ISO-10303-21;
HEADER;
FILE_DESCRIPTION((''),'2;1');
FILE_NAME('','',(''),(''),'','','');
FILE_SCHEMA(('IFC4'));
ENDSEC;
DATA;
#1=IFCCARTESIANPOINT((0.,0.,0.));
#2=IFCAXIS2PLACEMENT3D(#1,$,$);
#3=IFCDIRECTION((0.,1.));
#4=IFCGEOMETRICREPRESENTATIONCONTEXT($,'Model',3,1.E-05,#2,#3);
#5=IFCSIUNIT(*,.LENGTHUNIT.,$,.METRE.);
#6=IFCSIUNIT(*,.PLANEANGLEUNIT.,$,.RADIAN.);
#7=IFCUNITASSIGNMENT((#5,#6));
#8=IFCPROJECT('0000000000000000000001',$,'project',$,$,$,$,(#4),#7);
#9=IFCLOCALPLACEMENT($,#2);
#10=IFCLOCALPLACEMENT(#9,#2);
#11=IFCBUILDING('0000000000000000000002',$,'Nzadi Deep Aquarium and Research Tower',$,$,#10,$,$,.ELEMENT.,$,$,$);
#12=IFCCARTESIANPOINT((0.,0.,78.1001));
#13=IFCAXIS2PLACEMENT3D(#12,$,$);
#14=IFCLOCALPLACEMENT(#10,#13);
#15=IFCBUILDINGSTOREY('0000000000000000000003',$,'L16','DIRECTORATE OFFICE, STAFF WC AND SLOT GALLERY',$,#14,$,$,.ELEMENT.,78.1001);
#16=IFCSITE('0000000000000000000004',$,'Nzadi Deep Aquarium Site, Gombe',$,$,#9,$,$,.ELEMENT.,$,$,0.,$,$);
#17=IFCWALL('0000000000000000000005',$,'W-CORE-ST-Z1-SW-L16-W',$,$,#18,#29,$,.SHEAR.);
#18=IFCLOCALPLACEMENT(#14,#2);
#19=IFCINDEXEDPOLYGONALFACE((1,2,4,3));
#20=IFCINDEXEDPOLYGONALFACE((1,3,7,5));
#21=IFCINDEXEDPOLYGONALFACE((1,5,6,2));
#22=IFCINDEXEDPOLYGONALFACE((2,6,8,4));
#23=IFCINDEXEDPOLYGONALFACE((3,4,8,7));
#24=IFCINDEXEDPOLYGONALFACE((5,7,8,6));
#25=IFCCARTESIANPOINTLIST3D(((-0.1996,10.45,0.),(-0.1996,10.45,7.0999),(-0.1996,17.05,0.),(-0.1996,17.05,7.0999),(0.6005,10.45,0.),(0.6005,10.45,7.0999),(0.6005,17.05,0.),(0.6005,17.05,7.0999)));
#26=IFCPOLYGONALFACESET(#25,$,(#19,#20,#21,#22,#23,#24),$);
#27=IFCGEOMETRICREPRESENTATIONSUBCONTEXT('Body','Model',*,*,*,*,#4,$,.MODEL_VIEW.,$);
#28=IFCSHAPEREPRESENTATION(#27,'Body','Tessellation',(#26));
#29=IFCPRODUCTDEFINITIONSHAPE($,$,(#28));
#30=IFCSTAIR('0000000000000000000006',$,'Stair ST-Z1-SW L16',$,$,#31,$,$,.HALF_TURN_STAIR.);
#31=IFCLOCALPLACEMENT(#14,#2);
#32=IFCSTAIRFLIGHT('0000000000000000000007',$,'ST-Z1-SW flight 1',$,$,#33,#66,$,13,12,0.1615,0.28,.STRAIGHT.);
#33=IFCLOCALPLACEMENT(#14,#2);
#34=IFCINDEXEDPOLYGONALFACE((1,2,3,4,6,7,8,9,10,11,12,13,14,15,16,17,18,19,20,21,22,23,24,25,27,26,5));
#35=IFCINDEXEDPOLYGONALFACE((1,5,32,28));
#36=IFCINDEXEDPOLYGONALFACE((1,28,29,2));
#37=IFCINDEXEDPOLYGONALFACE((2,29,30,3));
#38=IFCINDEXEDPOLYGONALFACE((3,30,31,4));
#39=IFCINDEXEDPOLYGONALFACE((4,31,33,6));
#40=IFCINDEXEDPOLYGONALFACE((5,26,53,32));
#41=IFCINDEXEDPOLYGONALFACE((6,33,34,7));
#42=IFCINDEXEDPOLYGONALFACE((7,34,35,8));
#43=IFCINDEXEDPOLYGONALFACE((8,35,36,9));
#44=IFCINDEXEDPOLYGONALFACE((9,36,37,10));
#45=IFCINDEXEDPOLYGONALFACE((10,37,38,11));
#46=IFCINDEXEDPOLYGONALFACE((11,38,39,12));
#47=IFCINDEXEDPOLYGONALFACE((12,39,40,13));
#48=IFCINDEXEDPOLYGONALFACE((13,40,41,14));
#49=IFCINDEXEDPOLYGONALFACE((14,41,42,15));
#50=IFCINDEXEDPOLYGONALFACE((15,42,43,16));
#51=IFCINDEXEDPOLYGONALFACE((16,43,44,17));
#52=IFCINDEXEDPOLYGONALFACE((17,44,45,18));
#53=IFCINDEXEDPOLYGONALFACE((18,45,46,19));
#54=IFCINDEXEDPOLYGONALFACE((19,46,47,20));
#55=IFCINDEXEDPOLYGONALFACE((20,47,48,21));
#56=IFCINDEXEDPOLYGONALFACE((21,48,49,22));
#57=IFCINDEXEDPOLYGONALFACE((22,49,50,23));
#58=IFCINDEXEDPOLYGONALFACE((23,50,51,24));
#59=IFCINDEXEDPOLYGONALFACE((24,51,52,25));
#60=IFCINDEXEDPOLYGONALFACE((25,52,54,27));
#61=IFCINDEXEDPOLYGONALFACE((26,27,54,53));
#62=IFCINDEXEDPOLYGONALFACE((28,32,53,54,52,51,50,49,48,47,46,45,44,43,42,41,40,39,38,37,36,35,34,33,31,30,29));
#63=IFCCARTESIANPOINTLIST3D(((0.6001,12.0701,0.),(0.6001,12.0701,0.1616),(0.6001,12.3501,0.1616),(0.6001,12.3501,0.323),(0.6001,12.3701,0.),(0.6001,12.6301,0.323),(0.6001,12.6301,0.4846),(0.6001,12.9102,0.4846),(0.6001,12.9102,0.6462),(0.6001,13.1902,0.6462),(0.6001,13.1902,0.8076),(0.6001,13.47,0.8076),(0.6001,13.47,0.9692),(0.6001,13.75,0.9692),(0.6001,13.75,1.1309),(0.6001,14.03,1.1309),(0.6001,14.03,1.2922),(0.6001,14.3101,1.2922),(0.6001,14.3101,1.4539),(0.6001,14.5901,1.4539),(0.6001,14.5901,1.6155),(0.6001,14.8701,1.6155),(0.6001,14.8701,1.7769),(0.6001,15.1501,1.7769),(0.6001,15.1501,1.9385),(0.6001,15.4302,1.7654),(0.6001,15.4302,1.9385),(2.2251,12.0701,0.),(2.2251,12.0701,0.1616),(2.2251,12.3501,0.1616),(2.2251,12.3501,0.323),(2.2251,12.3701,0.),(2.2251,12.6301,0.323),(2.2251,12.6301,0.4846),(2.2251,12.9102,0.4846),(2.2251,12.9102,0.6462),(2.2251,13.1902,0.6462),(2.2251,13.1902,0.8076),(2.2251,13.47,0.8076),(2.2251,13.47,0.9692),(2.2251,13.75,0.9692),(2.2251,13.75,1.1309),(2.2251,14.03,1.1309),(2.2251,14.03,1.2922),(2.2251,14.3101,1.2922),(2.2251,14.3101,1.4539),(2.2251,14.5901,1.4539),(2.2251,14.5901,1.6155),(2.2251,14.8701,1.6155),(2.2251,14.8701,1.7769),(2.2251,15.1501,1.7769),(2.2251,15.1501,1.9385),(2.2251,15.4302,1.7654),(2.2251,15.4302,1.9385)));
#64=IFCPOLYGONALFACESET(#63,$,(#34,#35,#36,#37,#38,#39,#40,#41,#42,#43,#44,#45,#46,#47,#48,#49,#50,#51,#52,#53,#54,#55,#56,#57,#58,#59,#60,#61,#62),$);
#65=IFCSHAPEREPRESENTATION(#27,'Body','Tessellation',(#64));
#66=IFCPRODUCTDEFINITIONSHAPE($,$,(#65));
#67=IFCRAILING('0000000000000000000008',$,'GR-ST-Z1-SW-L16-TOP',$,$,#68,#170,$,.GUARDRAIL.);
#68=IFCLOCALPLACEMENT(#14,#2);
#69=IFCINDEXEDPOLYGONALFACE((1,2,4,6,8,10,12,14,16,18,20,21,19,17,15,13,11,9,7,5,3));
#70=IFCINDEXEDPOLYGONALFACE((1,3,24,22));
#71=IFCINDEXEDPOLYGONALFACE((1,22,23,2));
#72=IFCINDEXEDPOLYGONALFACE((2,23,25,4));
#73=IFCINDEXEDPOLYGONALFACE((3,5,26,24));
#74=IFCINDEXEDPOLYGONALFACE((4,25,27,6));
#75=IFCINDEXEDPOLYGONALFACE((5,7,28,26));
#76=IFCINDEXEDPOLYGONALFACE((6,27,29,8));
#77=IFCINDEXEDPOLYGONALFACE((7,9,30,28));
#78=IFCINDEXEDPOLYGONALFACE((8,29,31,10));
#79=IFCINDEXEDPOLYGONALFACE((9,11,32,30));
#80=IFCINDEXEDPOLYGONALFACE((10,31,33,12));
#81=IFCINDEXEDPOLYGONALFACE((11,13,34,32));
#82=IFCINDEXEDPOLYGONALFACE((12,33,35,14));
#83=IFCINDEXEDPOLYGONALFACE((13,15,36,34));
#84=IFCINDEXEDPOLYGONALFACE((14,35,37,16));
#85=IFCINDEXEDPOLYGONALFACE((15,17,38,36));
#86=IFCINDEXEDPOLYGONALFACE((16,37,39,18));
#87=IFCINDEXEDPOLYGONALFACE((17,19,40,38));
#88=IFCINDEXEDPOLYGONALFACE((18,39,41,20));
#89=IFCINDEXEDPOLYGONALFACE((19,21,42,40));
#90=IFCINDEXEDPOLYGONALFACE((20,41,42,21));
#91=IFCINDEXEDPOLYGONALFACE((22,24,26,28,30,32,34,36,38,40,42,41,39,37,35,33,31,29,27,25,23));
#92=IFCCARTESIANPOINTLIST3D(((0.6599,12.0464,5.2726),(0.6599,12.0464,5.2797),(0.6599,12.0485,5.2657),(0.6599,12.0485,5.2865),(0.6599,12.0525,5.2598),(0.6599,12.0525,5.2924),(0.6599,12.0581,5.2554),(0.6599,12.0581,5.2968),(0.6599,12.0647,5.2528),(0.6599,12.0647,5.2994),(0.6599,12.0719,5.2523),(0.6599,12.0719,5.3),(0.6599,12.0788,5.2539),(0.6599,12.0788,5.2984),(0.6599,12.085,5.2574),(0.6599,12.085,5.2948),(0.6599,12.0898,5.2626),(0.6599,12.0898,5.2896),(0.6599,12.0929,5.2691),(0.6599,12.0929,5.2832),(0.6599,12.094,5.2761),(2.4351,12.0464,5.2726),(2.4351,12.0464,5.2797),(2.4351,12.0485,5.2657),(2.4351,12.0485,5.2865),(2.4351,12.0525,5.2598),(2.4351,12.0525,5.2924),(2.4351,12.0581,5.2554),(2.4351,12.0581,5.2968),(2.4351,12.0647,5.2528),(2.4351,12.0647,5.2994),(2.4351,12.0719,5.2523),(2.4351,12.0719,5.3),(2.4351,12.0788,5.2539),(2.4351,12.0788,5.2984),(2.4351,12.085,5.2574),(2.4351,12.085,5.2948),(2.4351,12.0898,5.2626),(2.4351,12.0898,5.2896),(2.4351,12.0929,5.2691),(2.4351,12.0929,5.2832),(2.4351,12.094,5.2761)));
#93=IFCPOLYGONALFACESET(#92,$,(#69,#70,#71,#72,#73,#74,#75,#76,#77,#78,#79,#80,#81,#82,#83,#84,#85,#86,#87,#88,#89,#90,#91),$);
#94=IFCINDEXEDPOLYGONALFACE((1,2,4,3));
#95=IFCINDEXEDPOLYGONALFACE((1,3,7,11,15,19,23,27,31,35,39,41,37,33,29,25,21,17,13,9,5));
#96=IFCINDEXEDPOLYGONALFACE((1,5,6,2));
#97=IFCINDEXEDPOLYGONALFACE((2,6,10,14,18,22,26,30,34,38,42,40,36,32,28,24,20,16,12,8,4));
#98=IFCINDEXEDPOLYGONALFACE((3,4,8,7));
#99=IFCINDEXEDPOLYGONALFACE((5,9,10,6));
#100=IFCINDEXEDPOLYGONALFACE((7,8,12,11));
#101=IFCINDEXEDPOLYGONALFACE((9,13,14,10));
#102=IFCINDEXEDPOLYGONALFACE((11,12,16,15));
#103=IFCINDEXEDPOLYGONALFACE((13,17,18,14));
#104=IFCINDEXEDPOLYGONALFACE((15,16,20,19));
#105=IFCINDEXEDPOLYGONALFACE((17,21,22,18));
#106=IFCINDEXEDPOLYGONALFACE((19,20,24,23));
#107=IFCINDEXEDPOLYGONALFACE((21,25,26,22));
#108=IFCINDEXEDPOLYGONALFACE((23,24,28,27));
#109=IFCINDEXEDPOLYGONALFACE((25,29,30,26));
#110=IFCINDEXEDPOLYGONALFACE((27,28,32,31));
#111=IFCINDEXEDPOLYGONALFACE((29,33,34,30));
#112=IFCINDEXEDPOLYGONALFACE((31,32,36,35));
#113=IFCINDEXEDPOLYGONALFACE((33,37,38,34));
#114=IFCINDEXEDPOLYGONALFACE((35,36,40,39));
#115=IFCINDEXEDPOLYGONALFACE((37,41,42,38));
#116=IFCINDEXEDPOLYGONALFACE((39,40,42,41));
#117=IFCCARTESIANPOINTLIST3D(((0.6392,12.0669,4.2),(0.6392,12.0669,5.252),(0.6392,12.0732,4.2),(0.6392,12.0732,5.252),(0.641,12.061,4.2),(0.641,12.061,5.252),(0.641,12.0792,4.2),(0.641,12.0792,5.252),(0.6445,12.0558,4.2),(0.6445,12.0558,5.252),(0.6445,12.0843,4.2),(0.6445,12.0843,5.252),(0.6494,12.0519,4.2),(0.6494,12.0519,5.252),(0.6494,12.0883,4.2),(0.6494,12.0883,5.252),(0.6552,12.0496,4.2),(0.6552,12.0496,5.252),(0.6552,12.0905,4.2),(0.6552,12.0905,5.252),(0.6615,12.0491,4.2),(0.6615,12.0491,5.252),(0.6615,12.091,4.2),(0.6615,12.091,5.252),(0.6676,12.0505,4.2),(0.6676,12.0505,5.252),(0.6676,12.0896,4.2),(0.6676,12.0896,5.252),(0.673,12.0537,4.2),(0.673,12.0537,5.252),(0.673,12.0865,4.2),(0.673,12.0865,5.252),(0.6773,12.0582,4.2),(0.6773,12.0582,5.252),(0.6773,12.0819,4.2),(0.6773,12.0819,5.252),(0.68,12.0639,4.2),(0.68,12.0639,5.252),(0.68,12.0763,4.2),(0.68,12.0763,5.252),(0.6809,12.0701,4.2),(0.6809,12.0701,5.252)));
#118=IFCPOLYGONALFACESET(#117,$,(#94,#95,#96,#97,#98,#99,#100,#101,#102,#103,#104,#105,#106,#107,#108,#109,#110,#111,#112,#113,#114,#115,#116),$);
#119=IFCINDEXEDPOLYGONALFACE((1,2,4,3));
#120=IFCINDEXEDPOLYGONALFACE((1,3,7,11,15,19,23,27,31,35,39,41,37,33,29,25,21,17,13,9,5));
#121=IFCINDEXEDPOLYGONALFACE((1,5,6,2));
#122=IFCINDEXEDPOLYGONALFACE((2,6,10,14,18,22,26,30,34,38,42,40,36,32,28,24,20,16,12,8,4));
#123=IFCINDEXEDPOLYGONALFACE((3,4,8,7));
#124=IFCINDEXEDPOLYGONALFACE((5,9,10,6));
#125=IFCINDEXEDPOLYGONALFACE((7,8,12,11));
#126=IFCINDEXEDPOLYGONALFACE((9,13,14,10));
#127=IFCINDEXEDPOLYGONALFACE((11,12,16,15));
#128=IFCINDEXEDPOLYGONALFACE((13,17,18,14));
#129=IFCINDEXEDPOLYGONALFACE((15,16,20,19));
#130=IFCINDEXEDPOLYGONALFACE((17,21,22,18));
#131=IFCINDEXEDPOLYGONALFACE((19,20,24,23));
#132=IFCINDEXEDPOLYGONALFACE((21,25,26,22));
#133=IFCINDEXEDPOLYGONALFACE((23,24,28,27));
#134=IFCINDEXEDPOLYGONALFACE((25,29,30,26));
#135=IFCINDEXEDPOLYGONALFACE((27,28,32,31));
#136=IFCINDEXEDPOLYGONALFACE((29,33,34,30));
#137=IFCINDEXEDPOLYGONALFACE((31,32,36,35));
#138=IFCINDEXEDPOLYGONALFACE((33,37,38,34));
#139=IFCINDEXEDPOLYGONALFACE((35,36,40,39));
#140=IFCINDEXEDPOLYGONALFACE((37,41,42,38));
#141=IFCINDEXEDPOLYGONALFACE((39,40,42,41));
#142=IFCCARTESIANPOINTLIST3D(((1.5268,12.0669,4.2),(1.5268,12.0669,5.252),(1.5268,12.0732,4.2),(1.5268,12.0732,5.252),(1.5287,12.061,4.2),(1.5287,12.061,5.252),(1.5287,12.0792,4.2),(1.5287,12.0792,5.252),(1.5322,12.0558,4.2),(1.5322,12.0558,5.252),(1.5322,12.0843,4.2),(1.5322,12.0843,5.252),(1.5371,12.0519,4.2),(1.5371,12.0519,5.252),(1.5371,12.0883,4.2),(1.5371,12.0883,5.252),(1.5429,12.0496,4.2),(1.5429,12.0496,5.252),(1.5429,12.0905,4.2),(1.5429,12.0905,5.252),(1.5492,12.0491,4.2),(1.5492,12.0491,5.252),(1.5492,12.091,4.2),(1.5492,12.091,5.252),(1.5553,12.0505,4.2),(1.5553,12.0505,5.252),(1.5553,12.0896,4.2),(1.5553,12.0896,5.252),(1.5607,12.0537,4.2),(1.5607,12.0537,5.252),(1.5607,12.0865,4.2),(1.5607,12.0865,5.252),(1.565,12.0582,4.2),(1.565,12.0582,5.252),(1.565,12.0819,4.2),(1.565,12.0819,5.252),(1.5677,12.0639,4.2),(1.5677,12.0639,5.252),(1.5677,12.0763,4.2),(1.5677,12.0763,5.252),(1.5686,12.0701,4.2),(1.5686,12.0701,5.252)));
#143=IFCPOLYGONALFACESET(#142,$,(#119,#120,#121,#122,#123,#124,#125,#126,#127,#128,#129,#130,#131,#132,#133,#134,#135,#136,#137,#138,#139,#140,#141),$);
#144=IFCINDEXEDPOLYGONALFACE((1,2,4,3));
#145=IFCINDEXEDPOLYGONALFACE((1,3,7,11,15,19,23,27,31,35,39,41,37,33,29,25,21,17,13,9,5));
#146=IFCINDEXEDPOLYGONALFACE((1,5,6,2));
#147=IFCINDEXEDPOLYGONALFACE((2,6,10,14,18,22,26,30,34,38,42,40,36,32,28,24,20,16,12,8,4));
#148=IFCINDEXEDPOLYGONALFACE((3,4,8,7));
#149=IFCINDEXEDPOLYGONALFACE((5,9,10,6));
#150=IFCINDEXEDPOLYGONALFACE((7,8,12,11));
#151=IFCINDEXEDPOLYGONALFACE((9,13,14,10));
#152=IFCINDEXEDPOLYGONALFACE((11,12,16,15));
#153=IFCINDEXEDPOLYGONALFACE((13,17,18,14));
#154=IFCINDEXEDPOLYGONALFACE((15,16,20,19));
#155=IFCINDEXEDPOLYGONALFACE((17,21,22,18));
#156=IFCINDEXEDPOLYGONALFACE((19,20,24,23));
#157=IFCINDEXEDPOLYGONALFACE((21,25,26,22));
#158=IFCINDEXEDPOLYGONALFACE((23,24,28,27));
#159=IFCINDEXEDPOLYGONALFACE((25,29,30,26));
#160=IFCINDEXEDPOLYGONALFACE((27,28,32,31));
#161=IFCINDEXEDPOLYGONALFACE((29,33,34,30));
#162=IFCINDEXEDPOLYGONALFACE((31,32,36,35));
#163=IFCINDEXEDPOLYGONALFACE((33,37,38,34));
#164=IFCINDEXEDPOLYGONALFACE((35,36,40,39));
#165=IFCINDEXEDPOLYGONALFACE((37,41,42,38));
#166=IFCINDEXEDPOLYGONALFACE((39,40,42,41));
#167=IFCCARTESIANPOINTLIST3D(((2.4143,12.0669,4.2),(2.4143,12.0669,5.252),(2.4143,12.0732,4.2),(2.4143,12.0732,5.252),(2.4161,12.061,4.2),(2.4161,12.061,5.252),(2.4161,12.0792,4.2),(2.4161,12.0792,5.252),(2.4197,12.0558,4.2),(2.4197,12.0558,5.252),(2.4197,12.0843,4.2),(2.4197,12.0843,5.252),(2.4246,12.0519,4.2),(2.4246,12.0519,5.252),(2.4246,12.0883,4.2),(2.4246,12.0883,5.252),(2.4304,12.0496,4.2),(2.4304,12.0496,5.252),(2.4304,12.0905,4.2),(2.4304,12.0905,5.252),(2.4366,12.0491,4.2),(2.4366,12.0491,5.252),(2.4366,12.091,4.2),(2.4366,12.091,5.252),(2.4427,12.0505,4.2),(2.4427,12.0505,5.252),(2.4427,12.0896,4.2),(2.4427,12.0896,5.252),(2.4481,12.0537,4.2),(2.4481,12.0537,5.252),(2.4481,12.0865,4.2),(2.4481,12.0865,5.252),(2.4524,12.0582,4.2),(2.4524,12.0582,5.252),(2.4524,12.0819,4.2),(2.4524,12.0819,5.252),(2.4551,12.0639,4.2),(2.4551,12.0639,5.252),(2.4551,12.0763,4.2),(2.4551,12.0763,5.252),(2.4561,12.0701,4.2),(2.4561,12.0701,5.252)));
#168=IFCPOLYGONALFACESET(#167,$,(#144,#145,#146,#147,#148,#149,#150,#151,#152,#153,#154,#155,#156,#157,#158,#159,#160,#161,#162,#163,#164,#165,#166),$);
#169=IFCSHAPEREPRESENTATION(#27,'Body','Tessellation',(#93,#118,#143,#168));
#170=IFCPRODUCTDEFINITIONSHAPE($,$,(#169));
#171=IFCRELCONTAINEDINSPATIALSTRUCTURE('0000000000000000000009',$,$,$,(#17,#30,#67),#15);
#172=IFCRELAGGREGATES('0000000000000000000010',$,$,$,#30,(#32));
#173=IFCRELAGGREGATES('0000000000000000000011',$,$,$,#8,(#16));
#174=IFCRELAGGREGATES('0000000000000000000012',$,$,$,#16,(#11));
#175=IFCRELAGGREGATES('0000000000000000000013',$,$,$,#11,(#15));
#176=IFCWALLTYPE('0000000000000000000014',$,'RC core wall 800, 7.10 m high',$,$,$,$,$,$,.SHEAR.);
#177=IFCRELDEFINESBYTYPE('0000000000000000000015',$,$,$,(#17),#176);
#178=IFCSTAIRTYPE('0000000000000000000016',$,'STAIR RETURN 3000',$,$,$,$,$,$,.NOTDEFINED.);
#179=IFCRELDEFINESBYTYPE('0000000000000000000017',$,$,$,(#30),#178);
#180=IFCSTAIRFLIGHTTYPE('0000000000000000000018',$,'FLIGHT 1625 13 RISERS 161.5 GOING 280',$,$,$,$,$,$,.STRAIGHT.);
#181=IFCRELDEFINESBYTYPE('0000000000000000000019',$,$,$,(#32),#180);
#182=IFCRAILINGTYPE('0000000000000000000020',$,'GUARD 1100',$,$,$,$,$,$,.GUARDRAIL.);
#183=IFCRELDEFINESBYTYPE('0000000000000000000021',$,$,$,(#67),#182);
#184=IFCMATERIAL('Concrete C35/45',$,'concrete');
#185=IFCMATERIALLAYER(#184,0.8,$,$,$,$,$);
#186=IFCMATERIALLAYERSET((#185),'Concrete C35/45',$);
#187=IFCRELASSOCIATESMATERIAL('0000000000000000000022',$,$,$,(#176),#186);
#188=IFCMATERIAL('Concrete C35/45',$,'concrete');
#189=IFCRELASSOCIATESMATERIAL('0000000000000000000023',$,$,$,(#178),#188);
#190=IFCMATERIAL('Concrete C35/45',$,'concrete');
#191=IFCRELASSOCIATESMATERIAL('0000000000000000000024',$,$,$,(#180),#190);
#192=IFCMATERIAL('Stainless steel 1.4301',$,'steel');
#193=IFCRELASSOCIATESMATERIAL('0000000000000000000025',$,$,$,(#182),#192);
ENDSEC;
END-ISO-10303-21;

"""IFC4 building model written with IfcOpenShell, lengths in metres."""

from ifc_helpers import new_model, si_unit, direction, frame, frame_2d, origin, origin_2d, place, context, subcontext, project, spatial, polyline, rectangle, circle, outline, extrude, material, layer, layer_set, type_object, element, aggregate, save


model = new_model("IFC4")

# Units and contexts
model_context = context("Model", 3, precision=1e-05, world=origin(), true_north=direction((0.0, 1.0)))
body_context = subcontext(model_context, "Body", "Model", "MODEL_VIEW")
ifc_project = project(units=[si_unit("LENGTHUNIT", "METRE"), si_unit("PLANEANGLEUNIT", "RADIAN")], contexts=[model_context])

# Site, building, storey
site_placement = place(None, origin())
site = spatial("IfcSite", under=ifc_project, at=site_placement, Name="Nzadi Deep Aquarium Site, Gombe", CompositionType="ELEMENT", RefElevation=0.0)
building_placement = place(site_placement, origin())
building = spatial("IfcBuilding", under=site, at=building_placement, Name="Nzadi Deep Aquarium and Research Tower", CompositionType="ELEMENT")
storey_placement = place(building_placement, frame((0.0, 0.0, 78.1001)))
storey = spatial("IfcBuildingStorey", under=building, at=storey_placement, Name="L16", Description="DIRECTORATE OFFICE, STAFF WC AND SLOT GALLERY", CompositionType="ELEMENT", Elevation=78.1001)

# Wall
ifc_material_1 = material(Name="Concrete C35/45", Category="concrete")
ifc_layer_1 = layer(ifc_material_1, 0.8)
ifc_layer_set_1 = layer_set([ifc_layer_1], Name="Concrete C35/45")
wall_type_1 = type_object("IfcWallType", Name="RC core wall 800, 7.10 m high", PredefinedType="SHEAR", material=ifc_layer_set_1)
wall_1_placement = place(storey_placement, frame((0.2004, 10.45, 0.0), z_axis=(0.0, 0.0, 1.0), x_axis=(0.0, 1.0, 0.0)))
element("IfcWall", 1, at=wall_1_placement, inside=storey, type_object=wall_type_1, Name="W-CORE-ST-Z1-SW-L16-W", PredefinedType="SHEAR", context=body_context, shape_type="SweptSolid", body=[
    extrude(rectangle(XDim=6.6001, YDim=0.8, at=frame_2d((3.3, 0.0))), origin(), (0.0, 0.0, 1.0), 7.0999),
])

# Stair, stair flight
ifc_material_2 = material(Name="Concrete C35/45", Category="concrete")
stair_type = type_object("IfcStairType", Name="STAIR RETURN 3000", PredefinedType="NOTDEFINED", material=ifc_material_2)
stair_placement = place(storey_placement, origin())
stair = element("IfcStair", 2, at=stair_placement, inside=storey, type_object=stair_type, Name="Stair ST-Z1-SW L16", PredefinedType="HALF_TURN_STAIR")
ifc_material_3 = material(Name="Concrete C35/45", Category="concrete")
stair_flight_type = type_object("IfcStairFlightType", Name="FLIGHT 1625 13 RISERS 161.5 GOING 280", PredefinedType="STRAIGHT", material=ifc_material_3)
stair_flight_placement = place(storey_placement, frame((1.4126, 12.0701, 0.0), z_axis=(0.0, 0.0, 1.0), x_axis=(0.0, 1.0, 0.0)))
stair_flight = element("IfcStairFlight", 3, at=stair_flight_placement, type_object=stair_flight_type, Name="ST-Z1-SW flight 1", NumberOfRisers=13, NumberOfTreads=12, PredefinedType="STRAIGHT", RiserHeight=0.1615, TreadLength=0.28, context=body_context, shape_type="SweptSolid", body=[
    extrude(outline(polyline([(0.0, 0.0), (0.0, 0.1616), (0.28, 0.1616), (0.28, 0.323), (0.5601, 0.323), (0.5601, 0.4846), (0.8401, 0.4846), (0.8401, 0.6462), (1.1201, 0.6462), (1.1201, 0.8076), (1.3999, 0.8076), (1.3999, 0.9692), (1.6799, 0.9692), (1.6799, 1.1309), (1.96, 1.1309), (1.96, 1.2922), (2.24, 1.2922), (2.24, 1.4539), (2.52, 1.4539), (2.52, 1.6155), (2.8, 1.6155), (2.8, 1.7769), (3.0801, 1.7769), (3.0801, 1.9385), (3.3601, 1.9385), (3.3601, 2.1001), (3.3601, 1.7654), (0.3, 0.0), (0.0, 0.0)])), frame((0.0, 0.8125, 0.0), z_axis=(0.0, -1.0, 0.0), x_axis=(1.0, 0.0, 0.0)), (0.0, 0.0, 1.0), 1.625),
])
aggregate(stair, [stair_flight])

# Railing
ifc_material_4 = material(Name="Stainless steel 1.4301", Category="steel")
railing_type_1 = type_object("IfcRailingType", Name="GUARD 1100", PredefinedType="GUARDRAIL", material=ifc_material_4)
railing_placement = place(storey_placement, frame((0.6599, 12.0701, 4.2)))
element("IfcRailing", 4, at=railing_placement, inside=storey, type_object=railing_type_1, Name="GR-ST-Z1-SW-L16-TOP", PredefinedType="GUARDRAIL", context=body_context, shape_type="SweptSolid", body=[
    extrude(circle(Radius=0.0239, at=origin_2d()), frame((0.0, 0.0, 1.0762), z_axis=(1.0, 0.0, 0.0), x_axis=(0.0, 1.0, 0.0)), (0.0, 0.0, 1.0), 1.7751),
    extrude(circle(Radius=0.021, at=origin_2d()), origin(), (0.0, 0.0, 1.0), 1.052),
    extrude(circle(Radius=0.021, at=origin_2d()), frame((0.8877, 0.0, 0.0)), (0.0, 0.0, 1.0), 1.052),
    extrude(circle(Radius=0.021, at=origin_2d()), frame((1.7751, 0.0, 0.0)), (0.0, 0.0, 1.0), 1.052),
])

save(model, "model.ifc")
